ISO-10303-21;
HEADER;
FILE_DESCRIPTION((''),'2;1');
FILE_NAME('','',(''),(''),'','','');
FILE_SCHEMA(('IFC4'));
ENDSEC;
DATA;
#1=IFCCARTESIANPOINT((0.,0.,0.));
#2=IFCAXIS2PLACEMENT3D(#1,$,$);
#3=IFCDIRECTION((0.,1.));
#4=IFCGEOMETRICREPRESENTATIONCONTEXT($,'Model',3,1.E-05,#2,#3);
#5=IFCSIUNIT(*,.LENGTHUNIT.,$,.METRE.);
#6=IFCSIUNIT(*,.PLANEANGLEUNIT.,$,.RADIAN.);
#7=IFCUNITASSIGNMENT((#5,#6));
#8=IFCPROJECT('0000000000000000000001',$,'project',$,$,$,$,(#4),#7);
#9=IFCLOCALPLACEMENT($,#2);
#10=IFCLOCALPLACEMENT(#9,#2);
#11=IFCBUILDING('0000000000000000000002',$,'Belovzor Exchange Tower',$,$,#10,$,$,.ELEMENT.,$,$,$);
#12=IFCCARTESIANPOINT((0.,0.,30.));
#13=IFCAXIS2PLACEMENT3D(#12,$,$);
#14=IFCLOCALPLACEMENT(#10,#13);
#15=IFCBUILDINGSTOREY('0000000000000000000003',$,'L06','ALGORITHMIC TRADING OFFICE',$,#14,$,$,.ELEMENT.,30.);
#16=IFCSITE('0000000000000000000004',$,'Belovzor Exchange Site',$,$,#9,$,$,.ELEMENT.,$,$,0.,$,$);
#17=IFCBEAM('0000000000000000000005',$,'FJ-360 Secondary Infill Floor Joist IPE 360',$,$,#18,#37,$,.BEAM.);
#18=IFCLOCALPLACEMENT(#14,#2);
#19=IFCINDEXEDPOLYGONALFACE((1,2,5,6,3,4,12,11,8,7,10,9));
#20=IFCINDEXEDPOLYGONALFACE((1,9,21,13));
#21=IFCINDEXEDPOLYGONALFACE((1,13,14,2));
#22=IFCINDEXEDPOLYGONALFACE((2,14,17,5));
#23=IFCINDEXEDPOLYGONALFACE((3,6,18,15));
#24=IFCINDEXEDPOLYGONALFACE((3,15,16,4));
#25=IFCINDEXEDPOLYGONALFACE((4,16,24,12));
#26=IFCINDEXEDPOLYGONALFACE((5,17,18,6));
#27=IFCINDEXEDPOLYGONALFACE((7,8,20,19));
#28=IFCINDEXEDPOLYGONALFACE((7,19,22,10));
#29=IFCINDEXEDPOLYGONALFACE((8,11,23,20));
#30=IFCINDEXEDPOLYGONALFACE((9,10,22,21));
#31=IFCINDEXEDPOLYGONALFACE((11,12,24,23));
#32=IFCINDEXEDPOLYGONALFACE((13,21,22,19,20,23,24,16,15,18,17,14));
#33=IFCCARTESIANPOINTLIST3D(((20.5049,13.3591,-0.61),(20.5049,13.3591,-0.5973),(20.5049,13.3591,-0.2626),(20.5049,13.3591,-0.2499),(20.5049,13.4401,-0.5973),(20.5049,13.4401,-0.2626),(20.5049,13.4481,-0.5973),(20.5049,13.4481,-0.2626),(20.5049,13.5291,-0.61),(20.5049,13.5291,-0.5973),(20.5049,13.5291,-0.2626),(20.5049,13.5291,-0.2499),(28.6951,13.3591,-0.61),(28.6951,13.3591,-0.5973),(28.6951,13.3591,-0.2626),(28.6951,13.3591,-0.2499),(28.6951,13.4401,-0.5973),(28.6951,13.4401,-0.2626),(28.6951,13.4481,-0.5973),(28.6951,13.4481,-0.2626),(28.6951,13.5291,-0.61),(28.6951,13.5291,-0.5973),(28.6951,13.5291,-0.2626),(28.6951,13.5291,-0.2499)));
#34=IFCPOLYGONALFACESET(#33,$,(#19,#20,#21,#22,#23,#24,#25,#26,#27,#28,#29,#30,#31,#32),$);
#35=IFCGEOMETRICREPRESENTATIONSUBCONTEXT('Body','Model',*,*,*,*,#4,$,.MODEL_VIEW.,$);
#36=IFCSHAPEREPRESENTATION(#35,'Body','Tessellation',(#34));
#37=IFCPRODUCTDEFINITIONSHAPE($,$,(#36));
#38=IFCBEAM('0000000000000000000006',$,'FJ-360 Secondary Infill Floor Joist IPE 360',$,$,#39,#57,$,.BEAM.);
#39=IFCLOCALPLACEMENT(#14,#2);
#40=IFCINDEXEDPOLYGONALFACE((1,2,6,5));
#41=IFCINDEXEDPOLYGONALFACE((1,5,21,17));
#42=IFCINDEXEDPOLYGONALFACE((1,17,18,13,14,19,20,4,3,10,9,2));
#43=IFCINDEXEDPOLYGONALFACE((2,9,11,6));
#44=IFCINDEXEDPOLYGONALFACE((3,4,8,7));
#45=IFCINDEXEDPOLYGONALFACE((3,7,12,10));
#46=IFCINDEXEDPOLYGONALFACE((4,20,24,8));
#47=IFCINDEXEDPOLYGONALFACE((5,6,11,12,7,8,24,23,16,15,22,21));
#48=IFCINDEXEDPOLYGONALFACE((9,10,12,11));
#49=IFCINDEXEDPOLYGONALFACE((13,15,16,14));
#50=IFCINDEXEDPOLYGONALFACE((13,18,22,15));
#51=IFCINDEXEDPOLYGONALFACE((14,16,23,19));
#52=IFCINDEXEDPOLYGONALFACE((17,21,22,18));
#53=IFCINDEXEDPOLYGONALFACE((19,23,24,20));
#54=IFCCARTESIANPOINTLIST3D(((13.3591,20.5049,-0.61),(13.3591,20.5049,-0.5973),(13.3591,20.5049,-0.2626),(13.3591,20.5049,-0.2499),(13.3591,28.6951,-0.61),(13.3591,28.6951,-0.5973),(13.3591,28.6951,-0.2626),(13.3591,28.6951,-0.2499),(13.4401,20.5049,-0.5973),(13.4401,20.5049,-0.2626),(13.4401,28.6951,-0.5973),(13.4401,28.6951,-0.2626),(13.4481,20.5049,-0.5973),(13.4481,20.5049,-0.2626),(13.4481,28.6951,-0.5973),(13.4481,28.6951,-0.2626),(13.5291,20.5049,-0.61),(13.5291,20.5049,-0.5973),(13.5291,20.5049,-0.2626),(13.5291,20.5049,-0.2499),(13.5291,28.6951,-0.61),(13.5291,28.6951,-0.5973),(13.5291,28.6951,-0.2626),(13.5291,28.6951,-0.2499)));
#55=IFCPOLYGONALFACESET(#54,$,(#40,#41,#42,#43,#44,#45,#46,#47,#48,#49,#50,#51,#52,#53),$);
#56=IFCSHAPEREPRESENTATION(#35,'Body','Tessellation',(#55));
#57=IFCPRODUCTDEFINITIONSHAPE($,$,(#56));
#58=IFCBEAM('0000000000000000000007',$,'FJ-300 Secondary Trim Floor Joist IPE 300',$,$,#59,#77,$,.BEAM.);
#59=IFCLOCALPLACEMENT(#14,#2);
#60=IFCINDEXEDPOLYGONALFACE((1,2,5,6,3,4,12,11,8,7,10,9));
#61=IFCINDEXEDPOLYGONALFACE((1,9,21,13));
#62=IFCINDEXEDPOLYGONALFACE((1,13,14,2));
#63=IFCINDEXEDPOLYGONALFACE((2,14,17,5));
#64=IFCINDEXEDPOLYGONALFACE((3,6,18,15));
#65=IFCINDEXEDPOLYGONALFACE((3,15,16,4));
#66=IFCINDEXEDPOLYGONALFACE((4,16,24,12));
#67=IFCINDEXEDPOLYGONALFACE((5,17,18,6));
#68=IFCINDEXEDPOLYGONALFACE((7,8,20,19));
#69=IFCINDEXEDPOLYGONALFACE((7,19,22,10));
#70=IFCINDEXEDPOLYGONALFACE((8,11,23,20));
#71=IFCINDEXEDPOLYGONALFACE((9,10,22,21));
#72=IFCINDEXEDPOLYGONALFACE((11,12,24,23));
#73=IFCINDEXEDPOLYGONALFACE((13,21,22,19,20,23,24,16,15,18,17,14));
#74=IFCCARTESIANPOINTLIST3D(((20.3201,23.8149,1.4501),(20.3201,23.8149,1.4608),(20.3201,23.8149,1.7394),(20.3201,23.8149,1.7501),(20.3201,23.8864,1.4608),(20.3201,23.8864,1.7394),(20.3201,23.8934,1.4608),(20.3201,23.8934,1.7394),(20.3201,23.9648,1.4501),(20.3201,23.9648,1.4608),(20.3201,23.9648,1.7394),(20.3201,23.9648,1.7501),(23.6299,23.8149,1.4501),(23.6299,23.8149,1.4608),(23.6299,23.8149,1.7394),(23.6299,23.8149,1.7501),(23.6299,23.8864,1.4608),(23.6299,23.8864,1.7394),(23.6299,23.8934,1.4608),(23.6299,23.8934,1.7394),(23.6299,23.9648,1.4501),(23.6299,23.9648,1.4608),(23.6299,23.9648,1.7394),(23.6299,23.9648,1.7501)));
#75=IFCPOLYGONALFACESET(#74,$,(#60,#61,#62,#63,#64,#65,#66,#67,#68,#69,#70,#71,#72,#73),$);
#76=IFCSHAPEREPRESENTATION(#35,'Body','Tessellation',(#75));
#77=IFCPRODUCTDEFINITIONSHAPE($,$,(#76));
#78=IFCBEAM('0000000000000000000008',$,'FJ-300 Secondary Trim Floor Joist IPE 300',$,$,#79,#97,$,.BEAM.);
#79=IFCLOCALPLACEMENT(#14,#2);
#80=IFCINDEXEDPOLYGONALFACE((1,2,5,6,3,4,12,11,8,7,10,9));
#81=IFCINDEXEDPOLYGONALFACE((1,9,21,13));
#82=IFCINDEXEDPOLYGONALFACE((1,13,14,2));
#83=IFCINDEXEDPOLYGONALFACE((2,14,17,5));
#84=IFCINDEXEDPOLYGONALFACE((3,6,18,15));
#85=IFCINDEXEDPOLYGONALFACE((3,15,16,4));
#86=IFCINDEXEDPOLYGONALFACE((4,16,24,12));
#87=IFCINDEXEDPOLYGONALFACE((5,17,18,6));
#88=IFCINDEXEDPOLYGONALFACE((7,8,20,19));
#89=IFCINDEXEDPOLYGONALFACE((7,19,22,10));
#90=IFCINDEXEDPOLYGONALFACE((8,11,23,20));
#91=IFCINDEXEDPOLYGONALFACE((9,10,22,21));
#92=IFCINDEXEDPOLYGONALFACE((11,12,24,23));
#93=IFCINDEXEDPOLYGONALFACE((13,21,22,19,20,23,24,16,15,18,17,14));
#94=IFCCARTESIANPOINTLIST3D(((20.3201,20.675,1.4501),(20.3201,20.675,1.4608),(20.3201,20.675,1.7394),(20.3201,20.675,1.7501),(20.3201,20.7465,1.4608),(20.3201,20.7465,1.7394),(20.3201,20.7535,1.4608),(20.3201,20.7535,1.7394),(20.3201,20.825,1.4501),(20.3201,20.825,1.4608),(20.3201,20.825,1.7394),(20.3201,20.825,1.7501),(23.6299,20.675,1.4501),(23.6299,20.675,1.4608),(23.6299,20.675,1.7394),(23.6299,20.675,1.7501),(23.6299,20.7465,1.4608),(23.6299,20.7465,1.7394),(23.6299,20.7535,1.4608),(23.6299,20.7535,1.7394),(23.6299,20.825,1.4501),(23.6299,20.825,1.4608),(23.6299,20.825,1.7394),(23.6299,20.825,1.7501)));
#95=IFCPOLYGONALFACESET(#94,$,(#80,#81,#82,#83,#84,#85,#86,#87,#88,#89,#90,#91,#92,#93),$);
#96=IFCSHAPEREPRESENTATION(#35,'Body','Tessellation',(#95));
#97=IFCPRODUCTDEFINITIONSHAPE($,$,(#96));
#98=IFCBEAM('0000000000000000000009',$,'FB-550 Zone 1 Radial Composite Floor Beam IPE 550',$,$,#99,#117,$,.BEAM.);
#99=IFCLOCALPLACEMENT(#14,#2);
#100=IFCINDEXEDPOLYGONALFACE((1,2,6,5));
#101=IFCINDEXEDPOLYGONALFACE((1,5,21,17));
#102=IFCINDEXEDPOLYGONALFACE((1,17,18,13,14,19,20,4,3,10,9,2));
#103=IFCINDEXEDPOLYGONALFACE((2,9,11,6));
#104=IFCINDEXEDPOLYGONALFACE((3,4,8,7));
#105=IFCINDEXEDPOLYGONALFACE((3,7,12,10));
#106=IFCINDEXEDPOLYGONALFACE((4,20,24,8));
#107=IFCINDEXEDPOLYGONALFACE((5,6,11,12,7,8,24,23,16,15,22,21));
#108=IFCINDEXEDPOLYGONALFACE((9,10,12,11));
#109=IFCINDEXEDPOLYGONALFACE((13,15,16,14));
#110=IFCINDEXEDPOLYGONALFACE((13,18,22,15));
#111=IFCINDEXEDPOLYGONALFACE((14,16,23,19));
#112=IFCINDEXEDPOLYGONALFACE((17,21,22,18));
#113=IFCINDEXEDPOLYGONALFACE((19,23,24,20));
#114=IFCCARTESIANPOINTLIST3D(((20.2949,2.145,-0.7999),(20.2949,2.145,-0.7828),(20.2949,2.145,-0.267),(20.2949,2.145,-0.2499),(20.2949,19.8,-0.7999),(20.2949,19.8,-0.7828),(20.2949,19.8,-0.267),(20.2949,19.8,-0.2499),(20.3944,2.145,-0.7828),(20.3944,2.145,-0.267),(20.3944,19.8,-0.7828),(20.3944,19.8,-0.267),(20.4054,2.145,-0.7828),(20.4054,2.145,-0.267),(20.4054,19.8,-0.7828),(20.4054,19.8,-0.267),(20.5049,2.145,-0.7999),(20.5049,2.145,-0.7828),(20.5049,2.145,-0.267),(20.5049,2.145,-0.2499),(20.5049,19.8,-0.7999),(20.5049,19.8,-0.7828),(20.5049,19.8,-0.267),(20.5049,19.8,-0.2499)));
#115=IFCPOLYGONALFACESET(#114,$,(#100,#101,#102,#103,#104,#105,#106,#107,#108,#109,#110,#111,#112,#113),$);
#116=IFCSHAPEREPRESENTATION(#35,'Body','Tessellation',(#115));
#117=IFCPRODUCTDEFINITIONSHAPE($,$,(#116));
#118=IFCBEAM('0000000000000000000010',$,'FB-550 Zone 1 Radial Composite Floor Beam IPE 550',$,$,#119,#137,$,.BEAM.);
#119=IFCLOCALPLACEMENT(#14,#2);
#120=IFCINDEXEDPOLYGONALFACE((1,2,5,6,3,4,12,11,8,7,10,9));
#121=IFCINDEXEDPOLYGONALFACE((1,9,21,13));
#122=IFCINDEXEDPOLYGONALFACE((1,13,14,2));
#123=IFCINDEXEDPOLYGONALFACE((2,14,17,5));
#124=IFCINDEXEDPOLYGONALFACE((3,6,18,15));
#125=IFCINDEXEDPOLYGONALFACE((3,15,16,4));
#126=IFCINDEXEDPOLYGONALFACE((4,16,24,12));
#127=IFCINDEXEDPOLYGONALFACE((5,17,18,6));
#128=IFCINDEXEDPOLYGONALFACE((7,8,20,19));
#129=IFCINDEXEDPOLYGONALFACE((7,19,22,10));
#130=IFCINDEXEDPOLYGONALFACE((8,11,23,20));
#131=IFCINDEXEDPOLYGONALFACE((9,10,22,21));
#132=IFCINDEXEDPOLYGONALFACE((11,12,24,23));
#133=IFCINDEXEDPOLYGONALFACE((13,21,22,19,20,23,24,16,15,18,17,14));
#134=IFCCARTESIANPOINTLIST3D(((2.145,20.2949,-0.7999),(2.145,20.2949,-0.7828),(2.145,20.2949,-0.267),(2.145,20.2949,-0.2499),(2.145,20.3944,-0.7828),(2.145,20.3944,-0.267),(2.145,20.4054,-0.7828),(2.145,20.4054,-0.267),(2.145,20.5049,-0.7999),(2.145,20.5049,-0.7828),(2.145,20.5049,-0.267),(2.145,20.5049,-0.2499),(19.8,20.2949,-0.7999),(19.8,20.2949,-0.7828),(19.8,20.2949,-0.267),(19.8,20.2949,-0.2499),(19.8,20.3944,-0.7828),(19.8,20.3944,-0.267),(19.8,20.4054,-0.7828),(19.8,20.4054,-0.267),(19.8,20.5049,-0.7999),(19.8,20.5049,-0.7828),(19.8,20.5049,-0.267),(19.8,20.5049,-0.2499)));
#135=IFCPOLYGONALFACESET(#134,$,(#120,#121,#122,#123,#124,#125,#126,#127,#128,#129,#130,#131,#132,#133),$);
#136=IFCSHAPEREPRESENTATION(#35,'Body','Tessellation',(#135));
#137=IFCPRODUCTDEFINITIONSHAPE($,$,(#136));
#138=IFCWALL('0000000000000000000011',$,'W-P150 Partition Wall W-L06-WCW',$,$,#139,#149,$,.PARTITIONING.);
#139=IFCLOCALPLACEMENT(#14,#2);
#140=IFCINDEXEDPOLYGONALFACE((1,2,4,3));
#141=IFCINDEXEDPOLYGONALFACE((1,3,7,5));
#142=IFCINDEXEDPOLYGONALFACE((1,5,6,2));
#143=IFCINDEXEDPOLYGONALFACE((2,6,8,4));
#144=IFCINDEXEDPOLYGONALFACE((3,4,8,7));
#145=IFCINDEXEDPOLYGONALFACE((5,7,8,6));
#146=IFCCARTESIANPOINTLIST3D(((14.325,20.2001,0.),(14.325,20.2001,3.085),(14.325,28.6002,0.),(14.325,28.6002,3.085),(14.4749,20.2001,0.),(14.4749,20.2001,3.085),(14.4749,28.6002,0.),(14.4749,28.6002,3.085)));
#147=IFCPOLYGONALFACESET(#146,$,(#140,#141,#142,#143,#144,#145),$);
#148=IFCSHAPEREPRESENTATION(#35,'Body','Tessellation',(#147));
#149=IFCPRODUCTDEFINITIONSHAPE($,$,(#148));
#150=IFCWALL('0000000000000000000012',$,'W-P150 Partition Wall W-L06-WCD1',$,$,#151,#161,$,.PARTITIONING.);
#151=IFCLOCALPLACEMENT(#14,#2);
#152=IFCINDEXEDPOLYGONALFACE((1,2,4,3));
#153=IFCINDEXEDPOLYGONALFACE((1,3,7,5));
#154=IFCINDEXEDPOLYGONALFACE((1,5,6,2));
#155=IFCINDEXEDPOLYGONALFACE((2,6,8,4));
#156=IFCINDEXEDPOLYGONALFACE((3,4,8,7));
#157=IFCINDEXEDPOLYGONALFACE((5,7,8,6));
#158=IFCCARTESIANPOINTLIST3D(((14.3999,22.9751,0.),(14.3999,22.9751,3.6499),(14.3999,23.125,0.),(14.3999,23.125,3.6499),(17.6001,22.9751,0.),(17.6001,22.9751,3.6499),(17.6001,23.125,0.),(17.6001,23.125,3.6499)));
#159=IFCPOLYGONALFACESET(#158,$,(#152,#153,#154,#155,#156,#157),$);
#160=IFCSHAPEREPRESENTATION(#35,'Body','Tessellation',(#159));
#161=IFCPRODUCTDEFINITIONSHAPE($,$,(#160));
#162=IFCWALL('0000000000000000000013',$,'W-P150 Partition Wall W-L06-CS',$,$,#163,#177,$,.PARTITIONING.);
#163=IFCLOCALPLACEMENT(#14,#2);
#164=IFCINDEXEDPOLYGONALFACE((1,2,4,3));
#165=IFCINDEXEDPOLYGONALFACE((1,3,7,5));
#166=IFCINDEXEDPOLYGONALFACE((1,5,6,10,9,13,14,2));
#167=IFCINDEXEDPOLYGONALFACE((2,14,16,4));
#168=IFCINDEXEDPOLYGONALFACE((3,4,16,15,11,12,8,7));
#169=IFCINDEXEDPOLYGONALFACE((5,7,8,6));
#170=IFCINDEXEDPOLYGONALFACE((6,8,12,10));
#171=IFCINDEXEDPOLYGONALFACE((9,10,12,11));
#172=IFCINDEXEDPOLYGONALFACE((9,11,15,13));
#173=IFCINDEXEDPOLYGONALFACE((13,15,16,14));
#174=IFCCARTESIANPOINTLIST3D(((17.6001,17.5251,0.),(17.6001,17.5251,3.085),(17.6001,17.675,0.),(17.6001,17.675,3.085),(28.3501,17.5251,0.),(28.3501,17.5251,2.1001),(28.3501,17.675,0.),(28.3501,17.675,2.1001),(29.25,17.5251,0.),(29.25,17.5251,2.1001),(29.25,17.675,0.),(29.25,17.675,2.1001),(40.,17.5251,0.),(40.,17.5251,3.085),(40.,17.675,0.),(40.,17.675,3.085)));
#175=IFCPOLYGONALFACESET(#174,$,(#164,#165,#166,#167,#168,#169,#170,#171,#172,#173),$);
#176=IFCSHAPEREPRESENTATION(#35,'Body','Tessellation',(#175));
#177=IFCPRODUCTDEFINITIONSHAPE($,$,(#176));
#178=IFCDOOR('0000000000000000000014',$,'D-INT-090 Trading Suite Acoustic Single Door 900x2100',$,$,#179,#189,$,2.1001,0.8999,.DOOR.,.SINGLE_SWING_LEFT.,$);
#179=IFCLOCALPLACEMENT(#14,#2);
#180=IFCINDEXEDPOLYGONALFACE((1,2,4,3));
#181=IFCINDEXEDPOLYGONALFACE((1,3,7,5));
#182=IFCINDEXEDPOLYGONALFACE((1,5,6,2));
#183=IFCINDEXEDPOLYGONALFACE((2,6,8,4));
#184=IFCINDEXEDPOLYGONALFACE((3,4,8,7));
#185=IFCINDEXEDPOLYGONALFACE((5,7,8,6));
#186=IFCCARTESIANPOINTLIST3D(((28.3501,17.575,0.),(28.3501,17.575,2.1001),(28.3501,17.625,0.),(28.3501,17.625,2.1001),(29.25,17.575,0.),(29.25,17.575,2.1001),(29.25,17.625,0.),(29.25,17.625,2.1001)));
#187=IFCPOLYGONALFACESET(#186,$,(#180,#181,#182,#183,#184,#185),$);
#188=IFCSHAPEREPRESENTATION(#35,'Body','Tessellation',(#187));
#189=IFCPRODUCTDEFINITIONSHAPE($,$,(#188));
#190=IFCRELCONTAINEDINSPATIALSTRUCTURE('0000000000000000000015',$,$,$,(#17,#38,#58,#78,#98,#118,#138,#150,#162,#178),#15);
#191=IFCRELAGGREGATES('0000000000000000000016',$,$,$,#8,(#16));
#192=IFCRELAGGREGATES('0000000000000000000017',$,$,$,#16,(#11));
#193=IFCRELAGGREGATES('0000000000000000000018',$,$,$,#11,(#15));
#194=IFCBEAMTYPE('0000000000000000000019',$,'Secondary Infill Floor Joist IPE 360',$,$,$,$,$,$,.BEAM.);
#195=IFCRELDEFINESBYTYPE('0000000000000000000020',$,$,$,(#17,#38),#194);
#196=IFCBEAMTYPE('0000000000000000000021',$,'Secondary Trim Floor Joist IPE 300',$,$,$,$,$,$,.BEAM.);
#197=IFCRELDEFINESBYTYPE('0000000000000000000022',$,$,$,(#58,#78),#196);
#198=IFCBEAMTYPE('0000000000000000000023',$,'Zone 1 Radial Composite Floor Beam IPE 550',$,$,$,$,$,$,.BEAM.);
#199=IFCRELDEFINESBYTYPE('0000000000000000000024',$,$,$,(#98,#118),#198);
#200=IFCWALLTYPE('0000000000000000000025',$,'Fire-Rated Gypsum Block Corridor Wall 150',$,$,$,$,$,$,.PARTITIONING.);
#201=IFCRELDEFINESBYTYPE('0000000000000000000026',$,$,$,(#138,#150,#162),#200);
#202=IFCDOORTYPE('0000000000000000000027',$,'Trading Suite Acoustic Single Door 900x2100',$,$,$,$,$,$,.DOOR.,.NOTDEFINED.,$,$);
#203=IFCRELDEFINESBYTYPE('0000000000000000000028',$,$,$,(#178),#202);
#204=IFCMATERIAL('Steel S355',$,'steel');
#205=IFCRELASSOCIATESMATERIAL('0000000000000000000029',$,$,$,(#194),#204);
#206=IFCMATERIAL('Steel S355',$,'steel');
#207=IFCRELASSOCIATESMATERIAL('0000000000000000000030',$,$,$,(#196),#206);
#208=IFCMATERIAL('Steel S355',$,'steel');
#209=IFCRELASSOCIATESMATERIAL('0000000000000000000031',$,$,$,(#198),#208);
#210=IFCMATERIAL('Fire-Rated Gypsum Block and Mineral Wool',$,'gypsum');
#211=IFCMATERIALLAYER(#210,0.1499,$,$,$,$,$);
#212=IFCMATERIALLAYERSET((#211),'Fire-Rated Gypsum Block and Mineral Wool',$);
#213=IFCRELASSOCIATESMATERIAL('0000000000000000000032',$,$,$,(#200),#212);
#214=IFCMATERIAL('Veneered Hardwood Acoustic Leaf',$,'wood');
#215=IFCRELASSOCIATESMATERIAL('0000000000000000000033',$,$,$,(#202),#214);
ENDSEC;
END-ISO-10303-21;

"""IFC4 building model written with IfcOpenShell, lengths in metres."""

from ifc_helpers import new_model, si_unit, direction, frame, frame_2d, origin, origin_2d, place, context, subcontext, project, spatial, rectangle, i_section, extrude, material, layer, layer_set, material_profile, profile_set, type_object, element, fill, save


model = new_model("IFC4")

# Units and contexts
model_context = context("Model", 3, precision=1e-05, world=origin(), true_north=direction((0.0, 1.0)))
body_context = subcontext(model_context, "Body", "Model", "MODEL_VIEW")
ifc_project = project(units=[si_unit("LENGTHUNIT", "METRE"), si_unit("PLANEANGLEUNIT", "RADIAN")], contexts=[model_context])

# Site, building, storey
site_placement = place(None, origin())
site = spatial("IfcSite", under=ifc_project, at=site_placement, Name="Belovzor Exchange Site", CompositionType="ELEMENT", RefElevation=0.0)
building_placement = place(site_placement, origin())
building = spatial("IfcBuilding", under=site, at=building_placement, Name="Belovzor Exchange Tower", CompositionType="ELEMENT")
storey_placement = place(building_placement, frame((0.0, 0.0, 30.0)))
storey = spatial("IfcBuildingStorey", under=building, at=storey_placement, Name="L06", Description="ALGORITHMIC TRADING OFFICE", CompositionType="ELEMENT", Elevation=30.0)

# Beams
ifc_material_1 = material(Name="Steel S355", Category="steel")
ifc_material_profile_1 = material_profile(ifc_material_1, i_section(OverallWidth=0.1699, OverallDepth=0.3601, WebThickness=0.0081, FlangeThickness=0.0127, at=origin_2d()))
ifc_profile_set_1 = profile_set([ifc_material_profile_1], Name="Steel S355")
beam_type_1 = type_object("IfcBeamType", Name="Secondary Infill Floor Joist IPE 360", PredefinedType="BEAM", material=ifc_profile_set_1)
for number, where, z_axis, x_axis, name in (
    (1, (20.5049, 13.4441, -0.4299), (1.0, 0.0, 0.0), (0.0, 1.0, 0.0), "FJ-360 Secondary Infill Floor Joist IPE 360"),
    (2, (13.4441, 20.5049, -0.4299), (0.0, 1.0, 0.0), (-1.0, 0.0, 0.0), "FJ-360 Secondary Infill Floor Joist IPE 360"),
):
    element("IfcBeam", number, at=place(storey_placement, frame(where, z_axis=z_axis, x_axis=x_axis)), inside=storey, type_object=beam_type_1, Name=name, PredefinedType="BEAM", context=body_context, shape_type="SweptSolid", body=[
        extrude(i_section(OverallWidth=0.1699, OverallDepth=0.3601, WebThickness=0.0081, FlangeThickness=0.0127, at=origin_2d()), origin(), (0.0, 0.0, 1.0), 8.1902),
    ])
ifc_material_2 = material(Name="Steel S355", Category="steel")
ifc_material_profile_2 = material_profile(ifc_material_2, i_section(OverallWidth=0.1499, OverallDepth=0.3, WebThickness=0.0071, FlangeThickness=0.0107, at=origin_2d()))
ifc_profile_set_2 = profile_set([ifc_material_profile_2], Name="Steel S355")
beam_type_2 = type_object("IfcBeamType", Name="Secondary Trim Floor Joist IPE 300", PredefinedType="BEAM", material=ifc_profile_set_2)
for number, where, z_axis, x_axis, name in (
    (3, (20.3201, 23.8899, 1.6001), (1.0, 0.0, 0.0), (0.0, 1.0, 0.0), "FJ-300 Secondary Trim Floor Joist IPE 300"),
    (4, (20.3201, 20.75, 1.6001), (1.0, 0.0, 0.0), (0.0, 1.0, 0.0), "FJ-300 Secondary Trim Floor Joist IPE 300"),
):
    element("IfcBeam", number, at=place(storey_placement, frame(where, z_axis=z_axis, x_axis=x_axis)), inside=storey, type_object=beam_type_2, Name=name, PredefinedType="BEAM", context=body_context, shape_type="SweptSolid", body=[
        extrude(i_section(OverallWidth=0.1499, OverallDepth=0.3, WebThickness=0.0071, FlangeThickness=0.0107, at=origin_2d()), origin(), (0.0, 0.0, 1.0), 3.3098),
    ])
ifc_material_3 = material(Name="Steel S355", Category="steel")
ifc_material_profile_3 = material_profile(ifc_material_3, i_section(OverallWidth=0.21, OverallDepth=0.55, WebThickness=0.011, FlangeThickness=0.0171, at=origin_2d()))
ifc_profile_set_3 = profile_set([ifc_material_profile_3], Name="Steel S355")
beam_type_3 = type_object("IfcBeamType", Name="Zone 1 Radial Composite Floor Beam IPE 550", PredefinedType="BEAM", material=ifc_profile_set_3)
for number, where, z_axis, x_axis, name in (
    (5, (20.3999, 19.8, -0.5249), (0.0, -1.0, 0.0), (1.0, 0.0, 0.0), "FB-550 Zone 1 Radial Composite Floor Beam IPE 550"),
    (6, (19.8, 20.3999, -0.5249), (-1.0, 0.0, 0.0), (0.0, -1.0, 0.0), "FB-550 Zone 1 Radial Composite Floor Beam IPE 550"),
):
    element("IfcBeam", number, at=place(storey_placement, frame(where, z_axis=z_axis, x_axis=x_axis)), inside=storey, type_object=beam_type_3, Name=name, PredefinedType="BEAM", context=body_context, shape_type="SweptSolid", body=[
        extrude(i_section(OverallWidth=0.21, OverallDepth=0.55, WebThickness=0.011, FlangeThickness=0.0171, at=origin_2d()), origin(), (0.0, 0.0, 1.0), 17.655),
    ])

# Walls
ifc_material_4 = material(Name="Fire-Rated Gypsum Block and Mineral Wool", Category="gypsum")
ifc_layer_1 = layer(ifc_material_4, 0.1499)
ifc_layer_set_1 = layer_set([ifc_layer_1], Name="Fire-Rated Gypsum Block and Mineral Wool")
wall_type_1 = type_object("IfcWallType", Name="Fire-Rated Gypsum Block Corridor Wall 150", PredefinedType="PARTITIONING", material=ifc_layer_set_1)
wall_1_placement = place(storey_placement, frame((14.3999, 20.2, 0.0), z_axis=(0.0, 0.0, 1.0), x_axis=(0.0, 1.0, 0.0)))
element("IfcWall", 7, at=wall_1_placement, inside=storey, type_object=wall_type_1, Name="W-P150 Partition Wall W-L06-WCW", PredefinedType="PARTITIONING", context=body_context, shape_type="SweptSolid", body=[
    extrude(rectangle(XDim=8.4001, YDim=0.1499, at=frame_2d((4.2002, 0.0))), origin(), (0.0, 0.0, 1.0), 3.085),
])
wall_2_placement = place(storey_placement, frame((14.3999, 23.05, 0.0), z_axis=(0.0, 0.0, 1.0), x_axis=(1.0, 0.0, 0.0)))
element("IfcWall", 8, at=wall_2_placement, inside=storey, type_object=wall_type_1, Name="W-P150 Partition Wall W-L06-WCD1", PredefinedType="PARTITIONING", context=body_context, shape_type="SweptSolid", body=[
    extrude(rectangle(XDim=3.2002, YDim=0.1499, at=frame_2d((1.6001, 0.0))), origin(), (0.0, 0.0, 1.0), 3.6499),
])

# Wall, opening, door
wall_3_placement = place(storey_placement, frame((17.6001, 17.6001, 0.0), z_axis=(0.0, 0.0, 1.0), x_axis=(1.0, 0.0, 0.0)))
wall_3 = element("IfcWall", 9, at=wall_3_placement, inside=storey, type_object=wall_type_1, Name="W-P150 Partition Wall W-L06-CS", PredefinedType="PARTITIONING", context=body_context, shape_type="SweptSolid", body=[
    extrude(rectangle(XDim=22.3999, YDim=0.1499, at=frame_2d((11.2, 0.0))), origin(), (0.0, 0.0, 1.0), 3.085),
])
opening_1_placement = place(wall_3_placement, frame((10.75, 0.0, 0.0)))
opening_1 = element("IfcOpeningElement", 10, at=opening_1_placement, cuts=wall_3, PredefinedType="OPENING", context=body_context, shape_type="SweptSolid", body=[
    extrude(rectangle(XDim=0.8999, YDim=2.1001, at=frame_2d((0.45, 1.05))), frame((0.0, 0.085, 0.0), z_axis=(0.0, -1.0, 0.0), x_axis=(1.0, 0.0, 0.0)), (0.0, 0.0, 1.0), 0.1699),
])
ifc_material_5 = material(Name="Veneered Hardwood Acoustic Leaf", Category="wood")
door_type_1 = type_object("IfcDoorType", Name="Trading Suite Acoustic Single Door 900x2100", OperationType="NOTDEFINED", PredefinedType="DOOR", material=ifc_material_5)
door_1_placement = place(opening_1_placement, origin())
door_1 = element("IfcDoor", 11, at=door_1_placement, inside=storey, type_object=door_type_1, Name="D-INT-090 Trading Suite Acoustic Single Door 900x2100", OperationType="SINGLE_SWING_LEFT", OverallHeight=2.1001, OverallWidth=0.8999, PredefinedType="DOOR", context=body_context, shape_type="SweptSolid", body=[
    extrude(rectangle(XDim=0.8999, YDim=2.1001, at=frame_2d((0.45, 1.05))), frame((0.0, 0.0249, 0.0), z_axis=(0.0, -1.0, 0.0), x_axis=(1.0, 0.0, 0.0)), (0.0, 0.0, 1.0), 0.05),
])
fill(opening_1, door_1)

save(model, "model.ifc")
